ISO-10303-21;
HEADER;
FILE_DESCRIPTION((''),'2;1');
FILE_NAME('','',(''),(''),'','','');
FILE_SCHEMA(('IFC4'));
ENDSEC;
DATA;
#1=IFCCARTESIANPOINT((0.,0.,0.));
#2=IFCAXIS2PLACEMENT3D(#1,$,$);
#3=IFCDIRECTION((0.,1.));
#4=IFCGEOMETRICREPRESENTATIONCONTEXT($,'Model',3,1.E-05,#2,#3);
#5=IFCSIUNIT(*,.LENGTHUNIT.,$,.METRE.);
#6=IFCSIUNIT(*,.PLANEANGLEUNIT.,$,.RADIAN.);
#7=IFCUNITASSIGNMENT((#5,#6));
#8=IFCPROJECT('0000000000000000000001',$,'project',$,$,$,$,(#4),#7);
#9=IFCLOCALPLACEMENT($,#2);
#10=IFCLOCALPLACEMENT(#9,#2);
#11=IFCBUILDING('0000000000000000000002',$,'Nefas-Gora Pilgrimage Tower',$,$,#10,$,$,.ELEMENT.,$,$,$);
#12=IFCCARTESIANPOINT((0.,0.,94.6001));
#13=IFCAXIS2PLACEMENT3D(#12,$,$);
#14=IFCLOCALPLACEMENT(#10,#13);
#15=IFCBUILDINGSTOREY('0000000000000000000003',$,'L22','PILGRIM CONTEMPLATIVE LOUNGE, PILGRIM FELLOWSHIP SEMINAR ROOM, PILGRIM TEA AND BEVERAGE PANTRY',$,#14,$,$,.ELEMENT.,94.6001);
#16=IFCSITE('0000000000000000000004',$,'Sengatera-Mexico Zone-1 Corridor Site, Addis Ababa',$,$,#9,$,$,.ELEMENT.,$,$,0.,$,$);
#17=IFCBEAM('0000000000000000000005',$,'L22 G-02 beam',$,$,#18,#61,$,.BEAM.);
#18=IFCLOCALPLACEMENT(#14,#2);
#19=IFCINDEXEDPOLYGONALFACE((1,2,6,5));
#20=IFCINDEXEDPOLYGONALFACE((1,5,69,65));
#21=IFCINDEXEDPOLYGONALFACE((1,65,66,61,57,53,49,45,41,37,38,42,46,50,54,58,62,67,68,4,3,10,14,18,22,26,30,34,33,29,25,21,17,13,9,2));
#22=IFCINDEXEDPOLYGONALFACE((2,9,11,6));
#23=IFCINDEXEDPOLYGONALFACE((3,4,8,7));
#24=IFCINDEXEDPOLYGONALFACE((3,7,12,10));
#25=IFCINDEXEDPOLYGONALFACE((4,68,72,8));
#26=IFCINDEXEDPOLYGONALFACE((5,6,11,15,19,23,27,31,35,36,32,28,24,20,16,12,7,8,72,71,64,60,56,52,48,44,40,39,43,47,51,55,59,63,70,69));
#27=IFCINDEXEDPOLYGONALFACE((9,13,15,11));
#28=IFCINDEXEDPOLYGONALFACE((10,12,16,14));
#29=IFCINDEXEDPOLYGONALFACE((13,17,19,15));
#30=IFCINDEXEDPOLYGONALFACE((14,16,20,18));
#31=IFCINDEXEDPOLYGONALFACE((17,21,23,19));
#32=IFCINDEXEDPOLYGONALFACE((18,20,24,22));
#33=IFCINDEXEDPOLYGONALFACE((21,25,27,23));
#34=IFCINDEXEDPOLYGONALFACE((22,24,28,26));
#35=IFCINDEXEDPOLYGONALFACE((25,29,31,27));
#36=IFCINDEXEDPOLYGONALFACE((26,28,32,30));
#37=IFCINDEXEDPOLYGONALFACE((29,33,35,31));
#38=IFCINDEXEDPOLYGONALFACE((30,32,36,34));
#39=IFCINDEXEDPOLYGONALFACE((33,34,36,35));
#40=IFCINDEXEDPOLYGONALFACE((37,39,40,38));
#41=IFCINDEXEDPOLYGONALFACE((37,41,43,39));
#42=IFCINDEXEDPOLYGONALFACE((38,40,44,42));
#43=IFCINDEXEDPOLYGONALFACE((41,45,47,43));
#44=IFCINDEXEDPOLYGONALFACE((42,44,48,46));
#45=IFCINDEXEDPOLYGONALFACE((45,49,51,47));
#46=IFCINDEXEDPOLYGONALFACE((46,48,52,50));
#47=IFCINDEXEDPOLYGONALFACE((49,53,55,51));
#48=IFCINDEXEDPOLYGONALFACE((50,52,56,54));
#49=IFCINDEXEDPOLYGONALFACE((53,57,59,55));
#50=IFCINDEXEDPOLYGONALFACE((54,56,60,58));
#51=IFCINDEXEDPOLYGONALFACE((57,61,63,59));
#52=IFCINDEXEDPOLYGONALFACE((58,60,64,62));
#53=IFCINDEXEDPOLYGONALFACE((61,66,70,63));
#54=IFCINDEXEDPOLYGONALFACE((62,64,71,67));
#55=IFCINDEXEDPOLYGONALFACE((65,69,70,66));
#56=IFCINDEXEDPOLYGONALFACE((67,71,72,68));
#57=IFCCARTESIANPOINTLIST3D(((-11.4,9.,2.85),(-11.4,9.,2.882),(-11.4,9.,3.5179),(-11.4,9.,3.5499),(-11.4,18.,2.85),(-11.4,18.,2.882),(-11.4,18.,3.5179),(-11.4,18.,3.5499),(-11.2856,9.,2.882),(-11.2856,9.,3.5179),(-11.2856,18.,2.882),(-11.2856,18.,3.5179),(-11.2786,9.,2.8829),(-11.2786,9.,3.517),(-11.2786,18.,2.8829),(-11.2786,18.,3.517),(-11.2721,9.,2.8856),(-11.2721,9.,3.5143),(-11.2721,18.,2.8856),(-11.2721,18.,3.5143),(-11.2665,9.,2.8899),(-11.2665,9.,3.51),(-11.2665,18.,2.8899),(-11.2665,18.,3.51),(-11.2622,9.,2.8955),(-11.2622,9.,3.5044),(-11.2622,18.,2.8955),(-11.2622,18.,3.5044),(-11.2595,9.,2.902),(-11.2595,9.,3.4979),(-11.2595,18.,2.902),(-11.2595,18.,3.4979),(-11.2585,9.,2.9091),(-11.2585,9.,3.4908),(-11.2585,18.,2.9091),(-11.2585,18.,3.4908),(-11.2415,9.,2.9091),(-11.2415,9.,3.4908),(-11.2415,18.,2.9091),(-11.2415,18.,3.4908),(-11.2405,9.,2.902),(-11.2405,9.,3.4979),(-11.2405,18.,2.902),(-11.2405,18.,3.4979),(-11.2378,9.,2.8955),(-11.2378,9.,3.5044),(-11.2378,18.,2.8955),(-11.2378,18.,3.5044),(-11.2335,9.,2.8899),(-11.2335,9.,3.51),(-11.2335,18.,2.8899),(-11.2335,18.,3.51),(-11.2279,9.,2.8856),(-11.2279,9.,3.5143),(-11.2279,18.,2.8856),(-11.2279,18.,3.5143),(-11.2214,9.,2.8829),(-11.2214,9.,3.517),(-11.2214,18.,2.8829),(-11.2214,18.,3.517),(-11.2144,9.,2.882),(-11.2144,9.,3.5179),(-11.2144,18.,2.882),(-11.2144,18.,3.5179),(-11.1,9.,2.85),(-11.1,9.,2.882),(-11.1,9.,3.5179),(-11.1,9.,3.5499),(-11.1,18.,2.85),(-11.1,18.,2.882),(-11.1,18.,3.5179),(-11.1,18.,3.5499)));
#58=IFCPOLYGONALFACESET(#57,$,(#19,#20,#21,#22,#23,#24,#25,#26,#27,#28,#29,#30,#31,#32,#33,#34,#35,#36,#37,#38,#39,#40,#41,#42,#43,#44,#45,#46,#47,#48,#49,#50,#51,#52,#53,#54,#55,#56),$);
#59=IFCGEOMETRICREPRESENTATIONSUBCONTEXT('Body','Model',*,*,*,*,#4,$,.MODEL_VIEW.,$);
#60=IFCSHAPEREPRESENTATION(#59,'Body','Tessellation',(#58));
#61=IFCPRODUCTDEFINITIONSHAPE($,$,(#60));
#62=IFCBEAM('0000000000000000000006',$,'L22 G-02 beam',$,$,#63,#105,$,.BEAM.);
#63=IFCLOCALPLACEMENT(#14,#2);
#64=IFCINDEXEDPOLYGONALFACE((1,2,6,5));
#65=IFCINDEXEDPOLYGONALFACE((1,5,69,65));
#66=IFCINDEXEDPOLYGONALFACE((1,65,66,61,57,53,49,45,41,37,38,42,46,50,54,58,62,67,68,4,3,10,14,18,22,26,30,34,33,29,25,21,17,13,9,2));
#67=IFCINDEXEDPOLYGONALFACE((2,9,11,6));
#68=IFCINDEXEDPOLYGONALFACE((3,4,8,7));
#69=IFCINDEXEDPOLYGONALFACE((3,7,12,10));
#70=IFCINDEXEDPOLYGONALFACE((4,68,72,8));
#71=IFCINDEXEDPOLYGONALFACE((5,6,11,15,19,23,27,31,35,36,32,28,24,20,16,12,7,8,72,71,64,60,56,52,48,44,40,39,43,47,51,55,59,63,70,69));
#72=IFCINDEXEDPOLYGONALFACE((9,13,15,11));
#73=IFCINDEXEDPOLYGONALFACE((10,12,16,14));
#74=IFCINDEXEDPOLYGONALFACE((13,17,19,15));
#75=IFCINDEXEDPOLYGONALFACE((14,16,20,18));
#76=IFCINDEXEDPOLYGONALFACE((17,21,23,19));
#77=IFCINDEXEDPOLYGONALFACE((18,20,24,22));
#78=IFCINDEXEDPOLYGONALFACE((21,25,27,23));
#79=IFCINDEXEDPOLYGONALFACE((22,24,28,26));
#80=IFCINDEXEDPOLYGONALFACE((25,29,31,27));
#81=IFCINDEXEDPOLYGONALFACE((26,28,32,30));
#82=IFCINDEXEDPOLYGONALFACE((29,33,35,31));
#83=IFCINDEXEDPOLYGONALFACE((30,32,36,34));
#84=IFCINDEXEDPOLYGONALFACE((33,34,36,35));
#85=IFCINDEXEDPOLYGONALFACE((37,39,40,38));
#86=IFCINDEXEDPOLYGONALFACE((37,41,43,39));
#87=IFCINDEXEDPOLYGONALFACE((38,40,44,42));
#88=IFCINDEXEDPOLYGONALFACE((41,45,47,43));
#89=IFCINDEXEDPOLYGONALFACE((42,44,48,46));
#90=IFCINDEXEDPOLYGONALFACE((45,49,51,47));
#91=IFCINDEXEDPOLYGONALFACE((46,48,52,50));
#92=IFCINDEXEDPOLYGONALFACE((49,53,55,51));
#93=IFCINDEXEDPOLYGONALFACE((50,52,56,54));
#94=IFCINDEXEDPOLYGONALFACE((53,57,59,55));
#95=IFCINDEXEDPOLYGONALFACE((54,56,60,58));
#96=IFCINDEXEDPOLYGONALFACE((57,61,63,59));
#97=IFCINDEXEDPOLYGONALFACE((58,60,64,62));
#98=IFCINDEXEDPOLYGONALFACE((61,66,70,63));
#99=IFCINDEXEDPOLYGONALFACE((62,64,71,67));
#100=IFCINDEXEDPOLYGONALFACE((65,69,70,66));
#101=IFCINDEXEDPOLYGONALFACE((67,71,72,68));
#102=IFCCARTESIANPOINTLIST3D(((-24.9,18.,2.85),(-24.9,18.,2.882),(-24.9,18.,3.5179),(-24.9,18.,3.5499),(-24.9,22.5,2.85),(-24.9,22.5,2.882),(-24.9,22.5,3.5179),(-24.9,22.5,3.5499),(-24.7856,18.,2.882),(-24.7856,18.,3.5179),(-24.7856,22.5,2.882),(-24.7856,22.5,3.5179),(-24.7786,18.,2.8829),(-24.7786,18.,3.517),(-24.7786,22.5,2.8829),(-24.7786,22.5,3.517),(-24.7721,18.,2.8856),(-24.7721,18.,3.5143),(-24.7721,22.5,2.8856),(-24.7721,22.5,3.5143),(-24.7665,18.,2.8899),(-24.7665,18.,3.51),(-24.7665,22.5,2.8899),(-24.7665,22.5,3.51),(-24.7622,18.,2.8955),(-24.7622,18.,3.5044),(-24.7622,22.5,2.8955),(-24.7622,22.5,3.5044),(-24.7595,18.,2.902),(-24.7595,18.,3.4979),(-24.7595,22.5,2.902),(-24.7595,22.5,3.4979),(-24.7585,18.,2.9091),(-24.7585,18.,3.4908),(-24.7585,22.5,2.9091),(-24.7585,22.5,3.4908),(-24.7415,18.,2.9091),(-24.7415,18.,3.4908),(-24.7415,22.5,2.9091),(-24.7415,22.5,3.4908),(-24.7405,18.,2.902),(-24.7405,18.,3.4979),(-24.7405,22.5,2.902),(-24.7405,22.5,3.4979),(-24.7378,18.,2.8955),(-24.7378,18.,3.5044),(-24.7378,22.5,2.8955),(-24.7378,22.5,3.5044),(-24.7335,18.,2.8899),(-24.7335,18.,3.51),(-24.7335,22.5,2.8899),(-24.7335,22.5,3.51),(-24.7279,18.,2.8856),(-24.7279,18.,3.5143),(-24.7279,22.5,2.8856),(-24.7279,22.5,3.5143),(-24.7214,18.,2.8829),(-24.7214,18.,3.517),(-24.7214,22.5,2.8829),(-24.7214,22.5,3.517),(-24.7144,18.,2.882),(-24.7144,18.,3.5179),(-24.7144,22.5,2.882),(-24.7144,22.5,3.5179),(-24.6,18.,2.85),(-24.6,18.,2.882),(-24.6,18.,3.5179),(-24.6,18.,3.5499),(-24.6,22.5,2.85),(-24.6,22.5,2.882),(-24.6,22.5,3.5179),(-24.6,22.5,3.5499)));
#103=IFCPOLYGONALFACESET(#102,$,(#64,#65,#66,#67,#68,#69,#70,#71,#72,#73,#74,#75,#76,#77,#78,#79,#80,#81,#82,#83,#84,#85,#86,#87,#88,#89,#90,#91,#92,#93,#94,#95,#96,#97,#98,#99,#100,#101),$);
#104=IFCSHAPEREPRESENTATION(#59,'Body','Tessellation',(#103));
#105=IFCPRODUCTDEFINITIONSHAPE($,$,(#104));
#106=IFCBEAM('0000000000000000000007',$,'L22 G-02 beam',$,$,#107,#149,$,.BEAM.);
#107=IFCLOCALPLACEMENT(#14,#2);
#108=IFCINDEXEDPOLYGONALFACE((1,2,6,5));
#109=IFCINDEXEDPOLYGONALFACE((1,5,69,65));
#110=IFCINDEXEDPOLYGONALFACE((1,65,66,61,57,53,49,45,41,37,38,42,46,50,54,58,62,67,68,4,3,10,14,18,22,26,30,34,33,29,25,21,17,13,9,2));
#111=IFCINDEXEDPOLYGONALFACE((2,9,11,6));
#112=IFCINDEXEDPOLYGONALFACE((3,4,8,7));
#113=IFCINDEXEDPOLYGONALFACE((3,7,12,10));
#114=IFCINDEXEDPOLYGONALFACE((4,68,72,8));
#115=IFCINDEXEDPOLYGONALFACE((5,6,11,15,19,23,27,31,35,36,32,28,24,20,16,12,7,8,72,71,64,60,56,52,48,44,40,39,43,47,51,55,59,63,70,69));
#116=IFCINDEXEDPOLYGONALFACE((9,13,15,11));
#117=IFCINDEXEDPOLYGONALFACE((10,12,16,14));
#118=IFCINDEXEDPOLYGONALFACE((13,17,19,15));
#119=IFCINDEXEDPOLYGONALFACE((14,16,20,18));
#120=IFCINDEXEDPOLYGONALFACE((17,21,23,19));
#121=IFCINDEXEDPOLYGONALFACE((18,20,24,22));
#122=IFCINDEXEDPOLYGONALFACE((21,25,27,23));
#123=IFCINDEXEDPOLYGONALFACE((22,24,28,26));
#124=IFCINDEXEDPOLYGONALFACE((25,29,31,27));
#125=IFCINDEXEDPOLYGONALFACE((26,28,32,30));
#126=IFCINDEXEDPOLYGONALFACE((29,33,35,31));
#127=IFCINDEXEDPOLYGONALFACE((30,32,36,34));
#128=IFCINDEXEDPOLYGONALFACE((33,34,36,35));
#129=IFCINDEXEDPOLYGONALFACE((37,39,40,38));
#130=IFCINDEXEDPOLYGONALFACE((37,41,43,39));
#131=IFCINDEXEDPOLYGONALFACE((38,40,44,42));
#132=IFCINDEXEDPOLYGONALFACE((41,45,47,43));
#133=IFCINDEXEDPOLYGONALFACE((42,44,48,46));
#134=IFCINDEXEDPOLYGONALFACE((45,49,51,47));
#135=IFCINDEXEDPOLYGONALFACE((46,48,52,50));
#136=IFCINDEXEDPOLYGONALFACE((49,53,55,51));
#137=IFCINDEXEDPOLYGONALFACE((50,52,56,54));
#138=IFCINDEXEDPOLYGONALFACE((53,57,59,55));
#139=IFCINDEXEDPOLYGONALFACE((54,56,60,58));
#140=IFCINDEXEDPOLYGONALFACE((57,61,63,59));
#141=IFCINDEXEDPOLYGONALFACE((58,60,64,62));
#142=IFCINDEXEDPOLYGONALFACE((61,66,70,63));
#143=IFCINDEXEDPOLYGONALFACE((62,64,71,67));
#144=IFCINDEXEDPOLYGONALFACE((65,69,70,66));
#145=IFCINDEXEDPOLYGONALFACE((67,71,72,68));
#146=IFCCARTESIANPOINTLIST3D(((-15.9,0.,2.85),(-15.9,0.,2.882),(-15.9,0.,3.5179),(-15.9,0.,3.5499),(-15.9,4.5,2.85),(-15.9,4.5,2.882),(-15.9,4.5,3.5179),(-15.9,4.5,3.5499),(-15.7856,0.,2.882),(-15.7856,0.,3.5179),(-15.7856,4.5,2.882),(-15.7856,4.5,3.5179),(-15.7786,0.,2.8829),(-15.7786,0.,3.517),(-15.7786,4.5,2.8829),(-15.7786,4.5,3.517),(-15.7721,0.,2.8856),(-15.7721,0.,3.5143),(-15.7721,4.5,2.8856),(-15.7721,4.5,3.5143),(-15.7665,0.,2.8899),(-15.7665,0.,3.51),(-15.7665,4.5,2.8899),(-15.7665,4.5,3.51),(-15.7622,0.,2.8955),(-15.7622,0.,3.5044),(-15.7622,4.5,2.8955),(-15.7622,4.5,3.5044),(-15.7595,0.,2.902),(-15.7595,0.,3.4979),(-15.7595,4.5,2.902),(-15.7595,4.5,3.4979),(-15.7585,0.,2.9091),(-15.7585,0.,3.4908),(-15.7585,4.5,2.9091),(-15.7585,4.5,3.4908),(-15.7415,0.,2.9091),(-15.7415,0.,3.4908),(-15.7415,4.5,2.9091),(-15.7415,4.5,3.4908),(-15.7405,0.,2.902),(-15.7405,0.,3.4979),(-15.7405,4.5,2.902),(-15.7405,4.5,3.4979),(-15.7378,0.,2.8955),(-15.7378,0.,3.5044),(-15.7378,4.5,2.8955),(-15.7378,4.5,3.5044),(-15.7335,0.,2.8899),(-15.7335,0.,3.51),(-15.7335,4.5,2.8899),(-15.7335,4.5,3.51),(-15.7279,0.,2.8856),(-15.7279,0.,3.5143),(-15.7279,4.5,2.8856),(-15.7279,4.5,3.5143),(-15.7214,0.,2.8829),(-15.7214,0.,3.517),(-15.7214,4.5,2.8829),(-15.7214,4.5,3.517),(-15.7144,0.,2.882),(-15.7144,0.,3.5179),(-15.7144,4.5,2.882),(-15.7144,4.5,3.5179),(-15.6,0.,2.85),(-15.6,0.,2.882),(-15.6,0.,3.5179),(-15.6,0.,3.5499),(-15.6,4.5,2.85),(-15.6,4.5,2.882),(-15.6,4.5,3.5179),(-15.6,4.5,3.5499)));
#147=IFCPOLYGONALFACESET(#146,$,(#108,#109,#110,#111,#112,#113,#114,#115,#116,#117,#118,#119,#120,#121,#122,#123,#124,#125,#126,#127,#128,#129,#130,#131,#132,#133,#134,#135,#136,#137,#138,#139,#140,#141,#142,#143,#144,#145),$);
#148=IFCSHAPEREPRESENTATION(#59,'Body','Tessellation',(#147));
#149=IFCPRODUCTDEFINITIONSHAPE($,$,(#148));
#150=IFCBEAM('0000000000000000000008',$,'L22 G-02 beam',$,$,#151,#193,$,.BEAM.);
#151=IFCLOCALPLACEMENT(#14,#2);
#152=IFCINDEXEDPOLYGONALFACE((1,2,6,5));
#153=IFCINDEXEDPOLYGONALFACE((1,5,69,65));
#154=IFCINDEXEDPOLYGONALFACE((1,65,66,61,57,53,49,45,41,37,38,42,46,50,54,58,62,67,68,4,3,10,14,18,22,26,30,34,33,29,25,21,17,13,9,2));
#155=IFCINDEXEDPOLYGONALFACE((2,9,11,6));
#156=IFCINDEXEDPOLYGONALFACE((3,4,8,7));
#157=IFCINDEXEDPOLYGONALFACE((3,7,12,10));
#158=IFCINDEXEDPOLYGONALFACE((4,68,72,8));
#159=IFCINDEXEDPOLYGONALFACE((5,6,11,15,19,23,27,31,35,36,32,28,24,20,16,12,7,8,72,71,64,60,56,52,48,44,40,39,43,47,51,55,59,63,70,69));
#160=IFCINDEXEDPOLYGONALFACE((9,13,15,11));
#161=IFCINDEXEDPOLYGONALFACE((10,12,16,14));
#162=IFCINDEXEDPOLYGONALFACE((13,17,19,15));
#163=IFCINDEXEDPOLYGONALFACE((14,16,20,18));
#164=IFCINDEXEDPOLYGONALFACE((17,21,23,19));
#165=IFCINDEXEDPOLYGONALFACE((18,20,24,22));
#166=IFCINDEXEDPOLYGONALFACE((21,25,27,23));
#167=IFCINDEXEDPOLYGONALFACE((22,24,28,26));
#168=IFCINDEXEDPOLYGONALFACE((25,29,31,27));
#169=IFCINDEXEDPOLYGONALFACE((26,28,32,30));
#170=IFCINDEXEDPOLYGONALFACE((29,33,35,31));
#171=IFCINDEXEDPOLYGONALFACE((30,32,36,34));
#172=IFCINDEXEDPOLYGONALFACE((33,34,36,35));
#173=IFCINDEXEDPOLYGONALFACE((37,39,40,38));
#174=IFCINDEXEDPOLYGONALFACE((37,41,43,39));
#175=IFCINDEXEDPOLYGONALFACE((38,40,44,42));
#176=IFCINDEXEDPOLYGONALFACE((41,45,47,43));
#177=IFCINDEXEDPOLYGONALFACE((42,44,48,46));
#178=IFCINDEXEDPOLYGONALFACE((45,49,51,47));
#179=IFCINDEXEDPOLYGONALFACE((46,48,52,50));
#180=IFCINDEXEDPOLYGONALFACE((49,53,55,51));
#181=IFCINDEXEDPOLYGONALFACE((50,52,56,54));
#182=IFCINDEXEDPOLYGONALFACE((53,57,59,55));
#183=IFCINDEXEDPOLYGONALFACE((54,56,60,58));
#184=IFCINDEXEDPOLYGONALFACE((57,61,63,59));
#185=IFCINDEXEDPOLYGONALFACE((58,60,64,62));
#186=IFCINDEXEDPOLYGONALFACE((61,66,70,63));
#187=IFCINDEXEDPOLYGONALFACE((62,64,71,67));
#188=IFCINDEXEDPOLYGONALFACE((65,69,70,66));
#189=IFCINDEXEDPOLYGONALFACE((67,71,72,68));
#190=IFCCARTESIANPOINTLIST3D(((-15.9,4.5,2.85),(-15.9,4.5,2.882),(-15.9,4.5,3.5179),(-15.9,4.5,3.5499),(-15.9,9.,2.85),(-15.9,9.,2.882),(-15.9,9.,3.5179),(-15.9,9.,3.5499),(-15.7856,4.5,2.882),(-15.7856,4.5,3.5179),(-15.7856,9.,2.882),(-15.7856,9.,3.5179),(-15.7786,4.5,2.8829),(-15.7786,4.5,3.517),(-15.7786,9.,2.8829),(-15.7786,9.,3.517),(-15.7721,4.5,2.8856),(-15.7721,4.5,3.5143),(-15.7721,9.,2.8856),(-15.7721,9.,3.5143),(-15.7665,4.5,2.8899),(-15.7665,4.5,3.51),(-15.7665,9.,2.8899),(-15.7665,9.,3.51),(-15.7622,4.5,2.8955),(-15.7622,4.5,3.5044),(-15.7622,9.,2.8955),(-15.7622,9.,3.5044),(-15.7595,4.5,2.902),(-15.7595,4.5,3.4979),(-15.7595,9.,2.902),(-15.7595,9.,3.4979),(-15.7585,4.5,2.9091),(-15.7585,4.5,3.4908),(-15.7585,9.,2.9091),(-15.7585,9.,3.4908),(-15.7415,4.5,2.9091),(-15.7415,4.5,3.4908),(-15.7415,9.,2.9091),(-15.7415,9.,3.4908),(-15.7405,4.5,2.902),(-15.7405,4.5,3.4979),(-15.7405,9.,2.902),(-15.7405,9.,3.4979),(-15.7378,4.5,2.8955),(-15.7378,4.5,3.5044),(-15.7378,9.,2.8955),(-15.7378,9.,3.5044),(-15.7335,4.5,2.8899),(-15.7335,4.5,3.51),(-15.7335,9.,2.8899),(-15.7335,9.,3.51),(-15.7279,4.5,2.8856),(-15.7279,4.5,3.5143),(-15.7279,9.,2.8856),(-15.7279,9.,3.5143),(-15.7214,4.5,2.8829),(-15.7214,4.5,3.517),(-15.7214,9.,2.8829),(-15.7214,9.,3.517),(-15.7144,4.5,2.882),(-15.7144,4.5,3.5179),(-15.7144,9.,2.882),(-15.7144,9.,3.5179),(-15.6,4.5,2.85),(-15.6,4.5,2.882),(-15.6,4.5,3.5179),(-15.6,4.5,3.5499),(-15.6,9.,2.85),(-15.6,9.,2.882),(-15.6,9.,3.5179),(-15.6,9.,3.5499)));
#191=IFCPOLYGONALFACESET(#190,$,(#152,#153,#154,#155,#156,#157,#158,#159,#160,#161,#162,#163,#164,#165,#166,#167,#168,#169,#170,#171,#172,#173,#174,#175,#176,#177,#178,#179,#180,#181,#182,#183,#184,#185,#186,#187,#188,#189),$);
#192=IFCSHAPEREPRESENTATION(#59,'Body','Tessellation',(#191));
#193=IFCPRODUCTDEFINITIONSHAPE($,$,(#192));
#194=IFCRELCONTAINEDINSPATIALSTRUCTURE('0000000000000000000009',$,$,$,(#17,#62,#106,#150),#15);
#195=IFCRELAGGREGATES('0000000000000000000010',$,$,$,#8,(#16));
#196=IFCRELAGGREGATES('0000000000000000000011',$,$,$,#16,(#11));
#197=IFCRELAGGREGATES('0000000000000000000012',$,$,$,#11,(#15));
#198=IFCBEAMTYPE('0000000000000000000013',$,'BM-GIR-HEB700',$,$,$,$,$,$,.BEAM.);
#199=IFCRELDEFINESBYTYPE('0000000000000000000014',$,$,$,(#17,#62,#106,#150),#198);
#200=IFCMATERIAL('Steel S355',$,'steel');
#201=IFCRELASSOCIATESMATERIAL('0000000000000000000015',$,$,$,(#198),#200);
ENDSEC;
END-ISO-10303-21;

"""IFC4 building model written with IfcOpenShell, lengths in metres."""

from ifc_helpers import new_model, si_unit, direction, frame, origin, origin_2d, place, context, subcontext, project, spatial, i_section, extrude, source, transform, mapped, material, material_profile, profile_set, type_object, element, save


model = new_model("IFC4")

# Units and contexts
model_context = context("Model", 3, precision=1e-05, world=origin(), true_north=direction((0.0, 1.0)))
body_context = subcontext(model_context, "Body", "Model", "MODEL_VIEW")
ifc_project = project(units=[si_unit("LENGTHUNIT", "METRE"), si_unit("PLANEANGLEUNIT", "RADIAN")], contexts=[model_context])

# Site, building, storey
site_placement = place(None, origin())
site = spatial("IfcSite", under=ifc_project, at=site_placement, Name="Sengatera-Mexico Zone-1 Corridor Site, Addis Ababa", CompositionType="ELEMENT", RefElevation=0.0)
building_placement = place(site_placement, origin())
building = spatial("IfcBuilding", under=site, at=building_placement, Name="Nefas-Gora Pilgrimage Tower", CompositionType="ELEMENT")
storey_placement = place(building_placement, frame((0.0, 0.0, 94.6001)))
storey = spatial("IfcBuildingStorey", under=building, at=storey_placement, Name="L22", Description="PILGRIM CONTEMPLATIVE LOUNGE, PILGRIM FELLOWSHIP SEMINAR ROOM, PILGRIM TEA AND BEVERAGE PANTRY", CompositionType="ELEMENT", Elevation=94.6001)

# Beams
ifc_material_1 = material(Name="Steel S355", Category="steel")
ifc_material_profile_1 = material_profile(ifc_material_1, i_section(OverallWidth=0.3, OverallDepth=0.7, WebThickness=0.0171, FlangeThickness=0.032, FilletRadius=0.0271, at=origin_2d()), Name="HEB 700")
ifc_profile_set_1 = profile_set([ifc_material_profile_1], Name="Steel S355")
beam_type_1 = type_object("IfcBeamType", Name="BM-GIR-HEB700", PredefinedType="BEAM", material=ifc_profile_set_1)
shared_shape_1 = source(origin(), body_context, "Body", "SweptSolid", [
    extrude(i_section(OverallWidth=0.3, OverallDepth=0.7, WebThickness=0.0171, FlangeThickness=0.032, FilletRadius=0.0271, at=origin_2d()), origin(), (0.0, 0.0, 1.0), 9.0),
])
for number, where, z_axis, x_axis, name in (
    (1, (-11.25, 9.0, 3.2), (0.0, 1.0, 0.0), (-1.0, 0.0, 0.0), "L22 G-02 beam"),
):
    element("IfcBeam", number, at=place(storey_placement, frame(where, z_axis=z_axis, x_axis=x_axis)), inside=storey, type_object=beam_type_1, Name=name, PredefinedType="BEAM", context=body_context, shape_type="MappedRepresentation", body=[
        mapped(shared_shape_1, transform((0.0, 0.0, 0.0), x_axis=(1.0, 0.0, 0.0), y_axis=(0.0, 1.0, 0.0), z_axis=(0.0, 0.0, 1.0), scale=1.0)),
    ])
shared_shape_2 = source(origin(), body_context, "Body", "SweptSolid", [
    extrude(i_section(OverallWidth=0.3, OverallDepth=0.7, WebThickness=0.0171, FlangeThickness=0.032, FilletRadius=0.0271, at=origin_2d()), origin(), (0.0, 0.0, 1.0), 4.5),
])
for number, where, z_axis, x_axis, name in (
    (2, (-24.75, 18.0, 3.2), (0.0, 1.0, 0.0), (-1.0, 0.0, 0.0), "L22 G-02 beam"),
    (3, (-15.75, 0.0, 3.2), (0.0, 1.0, 0.0), (-1.0, 0.0, 0.0), "L22 G-02 beam"),
    (4, (-15.75, 4.5, 3.2), (0.0, 1.0, 0.0), (-1.0, 0.0, 0.0), "L22 G-02 beam"),
):
    element("IfcBeam", number, at=place(storey_placement, frame(where, z_axis=z_axis, x_axis=x_axis)), inside=storey, type_object=beam_type_1, Name=name, PredefinedType="BEAM", context=body_context, shape_type="MappedRepresentation", body=[
        mapped(shared_shape_2, transform((0.0, 0.0, 0.0), x_axis=(1.0, 0.0, 0.0), y_axis=(0.0, 1.0, 0.0), z_axis=(0.0, 0.0, 1.0), scale=1.0)),
    ])

save(model, "model.ifc")
